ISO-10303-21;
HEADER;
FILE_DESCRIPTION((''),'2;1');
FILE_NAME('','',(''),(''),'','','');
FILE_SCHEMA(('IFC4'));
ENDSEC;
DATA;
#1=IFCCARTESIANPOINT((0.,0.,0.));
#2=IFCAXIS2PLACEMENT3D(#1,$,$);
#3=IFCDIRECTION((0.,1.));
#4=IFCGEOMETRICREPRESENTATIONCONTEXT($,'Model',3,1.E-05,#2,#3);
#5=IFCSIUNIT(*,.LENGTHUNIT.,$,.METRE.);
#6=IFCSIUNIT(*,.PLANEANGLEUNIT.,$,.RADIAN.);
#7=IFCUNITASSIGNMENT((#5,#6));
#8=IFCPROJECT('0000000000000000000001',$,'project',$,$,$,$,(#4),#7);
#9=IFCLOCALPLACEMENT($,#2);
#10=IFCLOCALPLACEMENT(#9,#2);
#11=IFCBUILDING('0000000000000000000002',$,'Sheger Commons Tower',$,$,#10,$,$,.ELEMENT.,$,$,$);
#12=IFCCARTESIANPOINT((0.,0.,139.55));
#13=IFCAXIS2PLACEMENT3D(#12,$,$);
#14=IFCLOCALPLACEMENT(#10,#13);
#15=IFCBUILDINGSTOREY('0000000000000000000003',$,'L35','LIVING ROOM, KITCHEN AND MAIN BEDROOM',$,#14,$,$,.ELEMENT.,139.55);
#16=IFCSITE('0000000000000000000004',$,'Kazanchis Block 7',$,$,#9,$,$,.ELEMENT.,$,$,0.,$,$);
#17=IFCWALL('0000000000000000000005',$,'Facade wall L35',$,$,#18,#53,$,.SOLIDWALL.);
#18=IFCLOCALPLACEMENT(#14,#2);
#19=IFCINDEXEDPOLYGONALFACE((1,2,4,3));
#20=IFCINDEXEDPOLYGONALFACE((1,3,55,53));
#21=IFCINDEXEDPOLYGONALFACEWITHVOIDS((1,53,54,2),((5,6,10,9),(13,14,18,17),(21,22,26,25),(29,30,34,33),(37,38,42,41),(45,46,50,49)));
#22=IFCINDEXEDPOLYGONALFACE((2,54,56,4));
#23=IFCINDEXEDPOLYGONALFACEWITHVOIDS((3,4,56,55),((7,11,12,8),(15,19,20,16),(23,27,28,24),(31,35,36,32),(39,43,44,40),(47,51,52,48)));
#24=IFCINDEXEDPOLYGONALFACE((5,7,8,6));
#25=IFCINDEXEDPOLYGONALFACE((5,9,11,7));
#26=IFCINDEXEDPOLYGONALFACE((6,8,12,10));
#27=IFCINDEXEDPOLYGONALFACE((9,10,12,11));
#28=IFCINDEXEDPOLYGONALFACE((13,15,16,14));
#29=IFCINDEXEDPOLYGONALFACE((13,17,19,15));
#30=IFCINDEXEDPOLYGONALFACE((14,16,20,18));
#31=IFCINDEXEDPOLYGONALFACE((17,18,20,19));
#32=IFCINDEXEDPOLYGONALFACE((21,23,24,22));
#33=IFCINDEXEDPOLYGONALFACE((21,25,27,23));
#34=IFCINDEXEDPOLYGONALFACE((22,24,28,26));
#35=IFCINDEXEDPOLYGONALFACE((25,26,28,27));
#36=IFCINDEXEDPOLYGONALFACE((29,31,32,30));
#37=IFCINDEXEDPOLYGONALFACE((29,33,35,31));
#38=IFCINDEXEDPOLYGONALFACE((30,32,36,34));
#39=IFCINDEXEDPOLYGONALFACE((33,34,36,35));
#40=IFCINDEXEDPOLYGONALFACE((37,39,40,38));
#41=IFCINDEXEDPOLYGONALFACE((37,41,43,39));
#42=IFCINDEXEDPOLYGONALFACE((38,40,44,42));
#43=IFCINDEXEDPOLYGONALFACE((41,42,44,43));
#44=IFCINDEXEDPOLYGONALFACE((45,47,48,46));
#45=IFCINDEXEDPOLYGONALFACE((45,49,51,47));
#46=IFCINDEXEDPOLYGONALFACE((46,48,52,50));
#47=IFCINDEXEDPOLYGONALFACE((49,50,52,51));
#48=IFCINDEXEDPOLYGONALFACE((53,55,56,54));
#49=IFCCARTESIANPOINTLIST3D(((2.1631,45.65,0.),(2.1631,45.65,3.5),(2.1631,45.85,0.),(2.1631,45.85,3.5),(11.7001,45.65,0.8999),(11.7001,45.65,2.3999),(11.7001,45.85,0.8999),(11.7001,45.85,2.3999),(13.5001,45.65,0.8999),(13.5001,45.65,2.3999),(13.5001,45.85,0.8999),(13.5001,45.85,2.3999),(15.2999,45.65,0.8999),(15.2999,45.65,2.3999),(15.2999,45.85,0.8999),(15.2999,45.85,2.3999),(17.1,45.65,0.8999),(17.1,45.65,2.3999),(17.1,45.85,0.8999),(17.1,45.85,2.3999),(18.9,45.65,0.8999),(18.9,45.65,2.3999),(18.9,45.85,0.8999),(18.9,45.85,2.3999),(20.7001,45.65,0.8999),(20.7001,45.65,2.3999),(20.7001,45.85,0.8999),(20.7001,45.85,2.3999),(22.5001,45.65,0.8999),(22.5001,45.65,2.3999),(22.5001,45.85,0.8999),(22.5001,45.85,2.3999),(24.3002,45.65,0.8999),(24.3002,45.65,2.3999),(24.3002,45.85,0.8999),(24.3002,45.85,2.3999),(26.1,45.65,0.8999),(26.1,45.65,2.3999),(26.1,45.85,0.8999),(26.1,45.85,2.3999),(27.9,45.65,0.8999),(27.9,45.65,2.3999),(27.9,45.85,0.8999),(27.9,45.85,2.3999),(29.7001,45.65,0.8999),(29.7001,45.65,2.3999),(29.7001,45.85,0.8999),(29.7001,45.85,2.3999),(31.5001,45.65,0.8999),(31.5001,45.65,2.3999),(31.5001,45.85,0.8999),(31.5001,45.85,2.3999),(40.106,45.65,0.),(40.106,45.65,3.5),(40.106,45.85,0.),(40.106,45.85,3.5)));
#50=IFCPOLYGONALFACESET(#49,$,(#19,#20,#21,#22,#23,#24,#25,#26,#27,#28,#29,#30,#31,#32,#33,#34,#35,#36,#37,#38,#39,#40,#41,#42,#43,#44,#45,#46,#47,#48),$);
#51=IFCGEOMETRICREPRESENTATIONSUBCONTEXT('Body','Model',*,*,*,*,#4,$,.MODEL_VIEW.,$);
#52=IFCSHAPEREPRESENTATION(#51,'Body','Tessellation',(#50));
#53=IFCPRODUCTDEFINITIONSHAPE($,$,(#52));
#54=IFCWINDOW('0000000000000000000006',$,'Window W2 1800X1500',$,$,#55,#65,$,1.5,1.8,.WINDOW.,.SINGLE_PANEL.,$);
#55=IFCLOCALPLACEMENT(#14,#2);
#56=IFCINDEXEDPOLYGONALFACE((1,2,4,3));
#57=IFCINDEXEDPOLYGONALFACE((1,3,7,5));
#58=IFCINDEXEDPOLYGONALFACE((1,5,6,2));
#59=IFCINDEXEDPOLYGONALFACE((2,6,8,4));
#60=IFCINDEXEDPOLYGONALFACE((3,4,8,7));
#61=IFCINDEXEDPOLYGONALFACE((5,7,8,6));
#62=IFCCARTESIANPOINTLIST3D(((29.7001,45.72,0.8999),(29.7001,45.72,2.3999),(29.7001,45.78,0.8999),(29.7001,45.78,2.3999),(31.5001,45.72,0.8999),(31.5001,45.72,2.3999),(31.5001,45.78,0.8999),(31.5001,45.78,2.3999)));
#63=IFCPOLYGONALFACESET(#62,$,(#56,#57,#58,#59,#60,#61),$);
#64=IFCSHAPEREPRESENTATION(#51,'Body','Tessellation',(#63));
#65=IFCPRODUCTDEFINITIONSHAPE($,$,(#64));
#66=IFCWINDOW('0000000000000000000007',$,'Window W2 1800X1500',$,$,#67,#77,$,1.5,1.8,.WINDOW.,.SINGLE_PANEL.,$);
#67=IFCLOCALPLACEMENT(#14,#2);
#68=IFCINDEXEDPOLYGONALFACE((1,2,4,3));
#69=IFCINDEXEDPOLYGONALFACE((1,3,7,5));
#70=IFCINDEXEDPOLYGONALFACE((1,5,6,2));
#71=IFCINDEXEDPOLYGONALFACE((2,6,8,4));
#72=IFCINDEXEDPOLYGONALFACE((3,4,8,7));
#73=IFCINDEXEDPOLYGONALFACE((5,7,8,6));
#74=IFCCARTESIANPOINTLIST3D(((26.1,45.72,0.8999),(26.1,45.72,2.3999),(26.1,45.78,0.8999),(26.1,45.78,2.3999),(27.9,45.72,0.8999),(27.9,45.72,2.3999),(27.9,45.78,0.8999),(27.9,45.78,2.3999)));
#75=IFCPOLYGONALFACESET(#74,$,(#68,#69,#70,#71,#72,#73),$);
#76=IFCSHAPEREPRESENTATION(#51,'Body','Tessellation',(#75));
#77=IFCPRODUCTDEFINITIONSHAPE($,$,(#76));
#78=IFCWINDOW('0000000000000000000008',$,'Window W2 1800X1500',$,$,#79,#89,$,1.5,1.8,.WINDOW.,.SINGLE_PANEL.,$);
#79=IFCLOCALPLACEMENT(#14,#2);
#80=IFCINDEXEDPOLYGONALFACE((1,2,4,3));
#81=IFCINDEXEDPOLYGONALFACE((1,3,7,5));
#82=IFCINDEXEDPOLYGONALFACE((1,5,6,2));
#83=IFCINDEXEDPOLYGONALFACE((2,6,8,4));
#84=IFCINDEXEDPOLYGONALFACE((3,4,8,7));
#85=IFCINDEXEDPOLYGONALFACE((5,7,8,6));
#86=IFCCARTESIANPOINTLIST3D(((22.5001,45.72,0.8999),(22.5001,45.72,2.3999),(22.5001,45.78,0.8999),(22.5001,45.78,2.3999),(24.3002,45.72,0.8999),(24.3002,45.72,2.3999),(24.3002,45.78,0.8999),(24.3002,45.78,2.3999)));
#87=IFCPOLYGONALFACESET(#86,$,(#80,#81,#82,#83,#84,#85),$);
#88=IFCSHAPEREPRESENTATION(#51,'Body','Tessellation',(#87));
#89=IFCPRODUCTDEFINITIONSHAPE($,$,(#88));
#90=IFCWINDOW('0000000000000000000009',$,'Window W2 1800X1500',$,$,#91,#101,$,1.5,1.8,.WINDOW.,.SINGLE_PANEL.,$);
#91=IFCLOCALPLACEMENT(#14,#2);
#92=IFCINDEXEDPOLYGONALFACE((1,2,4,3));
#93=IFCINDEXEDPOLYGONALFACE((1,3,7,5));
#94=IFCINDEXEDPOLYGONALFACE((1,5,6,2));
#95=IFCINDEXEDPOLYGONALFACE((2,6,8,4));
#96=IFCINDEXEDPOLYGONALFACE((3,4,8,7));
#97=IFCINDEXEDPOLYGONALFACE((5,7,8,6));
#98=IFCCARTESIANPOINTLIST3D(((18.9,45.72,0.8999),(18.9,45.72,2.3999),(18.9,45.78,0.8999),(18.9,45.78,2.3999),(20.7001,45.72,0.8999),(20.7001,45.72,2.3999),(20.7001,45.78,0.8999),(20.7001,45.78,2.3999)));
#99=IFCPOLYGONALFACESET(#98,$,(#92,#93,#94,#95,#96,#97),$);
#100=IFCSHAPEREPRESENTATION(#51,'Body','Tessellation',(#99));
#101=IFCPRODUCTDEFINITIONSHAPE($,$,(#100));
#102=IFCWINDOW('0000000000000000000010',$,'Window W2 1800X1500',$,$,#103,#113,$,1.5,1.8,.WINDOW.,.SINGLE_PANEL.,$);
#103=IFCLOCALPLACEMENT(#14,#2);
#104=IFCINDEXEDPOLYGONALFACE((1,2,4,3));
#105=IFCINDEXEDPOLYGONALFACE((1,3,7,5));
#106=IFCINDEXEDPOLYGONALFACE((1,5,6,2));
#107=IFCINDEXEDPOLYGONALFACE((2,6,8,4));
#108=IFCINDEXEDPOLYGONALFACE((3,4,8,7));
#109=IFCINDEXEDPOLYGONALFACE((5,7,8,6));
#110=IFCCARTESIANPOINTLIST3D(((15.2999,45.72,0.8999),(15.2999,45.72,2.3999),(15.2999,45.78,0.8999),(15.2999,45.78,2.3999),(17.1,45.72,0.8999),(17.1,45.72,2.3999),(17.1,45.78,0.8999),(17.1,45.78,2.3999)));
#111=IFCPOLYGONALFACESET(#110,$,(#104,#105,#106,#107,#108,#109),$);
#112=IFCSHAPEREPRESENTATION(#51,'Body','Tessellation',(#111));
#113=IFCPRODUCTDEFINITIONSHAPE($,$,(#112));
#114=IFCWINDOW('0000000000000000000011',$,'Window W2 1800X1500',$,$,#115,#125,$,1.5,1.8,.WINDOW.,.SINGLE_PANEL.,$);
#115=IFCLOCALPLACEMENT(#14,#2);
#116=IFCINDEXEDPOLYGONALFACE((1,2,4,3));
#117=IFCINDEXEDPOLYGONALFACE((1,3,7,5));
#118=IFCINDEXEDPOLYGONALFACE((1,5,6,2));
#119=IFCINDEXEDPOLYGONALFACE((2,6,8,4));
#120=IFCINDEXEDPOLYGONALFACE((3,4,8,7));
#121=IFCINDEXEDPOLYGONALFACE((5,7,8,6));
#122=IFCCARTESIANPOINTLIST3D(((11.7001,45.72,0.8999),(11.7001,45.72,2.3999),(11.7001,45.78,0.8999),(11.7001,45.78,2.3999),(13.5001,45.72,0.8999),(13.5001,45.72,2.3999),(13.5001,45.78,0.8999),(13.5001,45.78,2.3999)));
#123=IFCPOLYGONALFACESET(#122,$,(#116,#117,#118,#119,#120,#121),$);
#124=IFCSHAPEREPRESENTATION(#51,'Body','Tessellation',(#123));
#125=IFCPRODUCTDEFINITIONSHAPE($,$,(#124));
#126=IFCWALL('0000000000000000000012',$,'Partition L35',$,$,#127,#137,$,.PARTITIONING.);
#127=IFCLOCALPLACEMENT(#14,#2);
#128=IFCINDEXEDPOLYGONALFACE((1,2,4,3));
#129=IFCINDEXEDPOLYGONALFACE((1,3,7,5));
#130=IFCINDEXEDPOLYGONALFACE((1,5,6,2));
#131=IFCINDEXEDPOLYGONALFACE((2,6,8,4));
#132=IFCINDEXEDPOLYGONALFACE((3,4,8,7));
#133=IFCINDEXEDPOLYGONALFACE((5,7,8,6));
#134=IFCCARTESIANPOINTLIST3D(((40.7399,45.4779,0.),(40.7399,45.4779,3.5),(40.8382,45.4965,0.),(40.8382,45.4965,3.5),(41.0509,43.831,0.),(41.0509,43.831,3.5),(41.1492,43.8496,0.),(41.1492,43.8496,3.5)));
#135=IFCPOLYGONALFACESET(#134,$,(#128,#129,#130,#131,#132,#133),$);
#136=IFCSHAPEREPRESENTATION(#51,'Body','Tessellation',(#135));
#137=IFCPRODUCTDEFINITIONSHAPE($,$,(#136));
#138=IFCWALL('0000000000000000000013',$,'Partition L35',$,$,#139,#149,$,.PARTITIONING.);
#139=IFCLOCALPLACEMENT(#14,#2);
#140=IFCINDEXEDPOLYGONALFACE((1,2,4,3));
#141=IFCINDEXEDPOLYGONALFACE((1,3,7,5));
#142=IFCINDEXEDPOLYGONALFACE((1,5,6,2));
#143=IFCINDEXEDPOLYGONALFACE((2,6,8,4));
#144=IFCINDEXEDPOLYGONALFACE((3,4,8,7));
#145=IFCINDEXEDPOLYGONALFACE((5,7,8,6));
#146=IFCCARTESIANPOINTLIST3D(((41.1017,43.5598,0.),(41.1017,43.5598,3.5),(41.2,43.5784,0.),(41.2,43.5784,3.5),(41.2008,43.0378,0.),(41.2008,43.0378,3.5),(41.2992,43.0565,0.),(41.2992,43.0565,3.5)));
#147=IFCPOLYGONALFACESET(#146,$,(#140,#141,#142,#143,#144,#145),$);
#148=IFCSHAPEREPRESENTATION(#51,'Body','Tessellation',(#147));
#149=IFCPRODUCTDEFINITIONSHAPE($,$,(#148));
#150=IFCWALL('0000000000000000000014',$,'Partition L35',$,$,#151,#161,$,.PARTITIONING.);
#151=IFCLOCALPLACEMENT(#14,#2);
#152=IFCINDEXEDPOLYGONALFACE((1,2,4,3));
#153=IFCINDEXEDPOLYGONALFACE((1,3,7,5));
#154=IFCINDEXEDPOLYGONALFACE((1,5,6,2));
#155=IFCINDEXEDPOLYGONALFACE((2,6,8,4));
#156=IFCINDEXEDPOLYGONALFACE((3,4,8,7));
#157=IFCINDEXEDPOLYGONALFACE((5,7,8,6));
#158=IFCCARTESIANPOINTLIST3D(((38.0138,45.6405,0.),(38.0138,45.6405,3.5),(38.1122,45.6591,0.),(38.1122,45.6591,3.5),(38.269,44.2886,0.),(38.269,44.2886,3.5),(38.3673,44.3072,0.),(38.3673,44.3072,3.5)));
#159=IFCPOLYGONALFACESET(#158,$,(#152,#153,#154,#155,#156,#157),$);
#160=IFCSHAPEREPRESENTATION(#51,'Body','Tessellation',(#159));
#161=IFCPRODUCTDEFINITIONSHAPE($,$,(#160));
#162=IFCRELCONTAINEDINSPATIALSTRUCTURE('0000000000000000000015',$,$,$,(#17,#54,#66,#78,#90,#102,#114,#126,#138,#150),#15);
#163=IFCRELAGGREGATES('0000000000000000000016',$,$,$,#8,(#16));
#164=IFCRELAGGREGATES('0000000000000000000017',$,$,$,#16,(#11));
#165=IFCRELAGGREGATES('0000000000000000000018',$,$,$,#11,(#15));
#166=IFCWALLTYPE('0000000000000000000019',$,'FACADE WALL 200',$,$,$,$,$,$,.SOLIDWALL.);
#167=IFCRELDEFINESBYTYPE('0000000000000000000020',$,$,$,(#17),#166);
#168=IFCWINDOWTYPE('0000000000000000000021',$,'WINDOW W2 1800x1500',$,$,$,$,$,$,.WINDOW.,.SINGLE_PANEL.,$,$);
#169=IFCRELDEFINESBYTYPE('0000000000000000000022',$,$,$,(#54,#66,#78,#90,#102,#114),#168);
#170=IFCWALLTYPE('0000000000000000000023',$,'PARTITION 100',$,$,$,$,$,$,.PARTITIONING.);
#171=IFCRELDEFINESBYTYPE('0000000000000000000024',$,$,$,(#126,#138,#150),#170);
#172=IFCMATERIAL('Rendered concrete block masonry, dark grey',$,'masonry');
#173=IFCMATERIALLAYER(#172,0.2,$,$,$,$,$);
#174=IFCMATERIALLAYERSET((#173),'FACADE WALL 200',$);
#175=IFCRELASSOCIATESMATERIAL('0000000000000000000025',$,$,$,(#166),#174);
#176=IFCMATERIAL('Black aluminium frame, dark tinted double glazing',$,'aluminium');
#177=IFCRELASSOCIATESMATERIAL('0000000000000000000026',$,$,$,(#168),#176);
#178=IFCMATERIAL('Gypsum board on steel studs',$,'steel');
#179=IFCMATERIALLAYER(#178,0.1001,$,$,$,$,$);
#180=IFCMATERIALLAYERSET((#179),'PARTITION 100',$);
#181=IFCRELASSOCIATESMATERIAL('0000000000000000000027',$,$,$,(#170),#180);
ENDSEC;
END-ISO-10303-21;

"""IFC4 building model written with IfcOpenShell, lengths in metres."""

from ifc_helpers import new_model, si_unit, direction, frame, frame_2d, origin, place, context, subcontext, project, spatial, rectangle, extrude, material, layer, layer_set, type_object, element, fill, save


model = new_model("IFC4")

# Units and contexts
model_context = context("Model", 3, precision=1e-05, world=origin(), true_north=direction((0.0, 1.0)))
body_context = subcontext(model_context, "Body", "Model", "MODEL_VIEW")
ifc_project = project(units=[si_unit("LENGTHUNIT", "METRE"), si_unit("PLANEANGLEUNIT", "RADIAN")], contexts=[model_context])

# Site, building, storey
site_placement = place(None, origin())
site = spatial("IfcSite", under=ifc_project, at=site_placement, Name="Kazanchis Block 7", CompositionType="ELEMENT", RefElevation=0.0)
building_placement = place(site_placement, origin())
building = spatial("IfcBuilding", under=site, at=building_placement, Name="Sheger Commons Tower", CompositionType="ELEMENT")
storey_placement = place(building_placement, frame((0.0, 0.0, 139.55)))
storey = spatial("IfcBuildingStorey", under=building, at=storey_placement, Name="L35", Description="LIVING ROOM, KITCHEN AND MAIN BEDROOM", CompositionType="ELEMENT", Elevation=139.55)

# Shared definitions
ifc_material_1 = material(Name="Rendered concrete block masonry, dark grey", Category="masonry")
ifc_layer_1 = layer(ifc_material_1, 0.2)
ifc_layer_set_1 = layer_set([ifc_layer_1], Name="FACADE WALL 200")
wall_type_1 = type_object("IfcWallType", Name="FACADE WALL 200", PredefinedType="SOLIDWALL", material=ifc_layer_set_1)

# Wall, openings, windows
wall_1_placement = place(storey_placement, frame((40.106, 45.75, 0.0), z_axis=(0.0, 0.0, 1.0), x_axis=(-1.0, 0.0, 0.0)))
wall_1 = element("IfcWall", 1, at=wall_1_placement, inside=storey, type_object=wall_type_1, Name="Facade wall L35", PredefinedType="SOLIDWALL", context=body_context, shape_type="SweptSolid", body=[
    extrude(rectangle(XDim=37.9429, YDim=0.2, at=frame_2d((18.9714, 0.0))), origin(), (0.0, 0.0, 1.0), 3.5),
])
opening_1_placement = place(wall_1_placement, frame((8.606, 0.0, 0.8999)))
opening_1 = element("IfcOpeningElement", 2, at=opening_1_placement, cuts=wall_1, PredefinedType="OPENING", context=body_context, shape_type="SweptSolid", body=[
    extrude(rectangle(XDim=1.8, YDim=1.5, at=frame_2d((0.8999, 0.75))), frame((0.0, 0.1099, 0.0), z_axis=(0.0, -1.0, 0.0), x_axis=(1.0, 0.0, 0.0)), (0.0, 0.0, 1.0), 0.22),
])
opening_2_placement = place(wall_1_placement, frame((12.2061, 0.0, 0.8999)))
opening_2 = element("IfcOpeningElement", 3, at=opening_2_placement, cuts=wall_1, PredefinedType="OPENING", context=body_context, shape_type="SweptSolid", body=[
    extrude(rectangle(XDim=1.8, YDim=1.5, at=frame_2d((0.8999, 0.75))), frame((0.0, 0.1099, 0.0), z_axis=(0.0, -1.0, 0.0), x_axis=(1.0, 0.0, 0.0)), (0.0, 0.0, 1.0), 0.22),
])
opening_3_placement = place(wall_1_placement, frame((15.8059, 0.0, 0.8999)))
opening_3 = element("IfcOpeningElement", 4, at=opening_3_placement, cuts=wall_1, PredefinedType="OPENING", context=body_context, shape_type="SweptSolid", body=[
    extrude(rectangle(XDim=1.8, YDim=1.5, at=frame_2d((0.8999, 0.75))), frame((0.0, 0.1099, 0.0), z_axis=(0.0, -1.0, 0.0), x_axis=(1.0, 0.0, 0.0)), (0.0, 0.0, 1.0), 0.22),
])
opening_4_placement = place(wall_1_placement, frame((19.406, 0.0, 0.8999)))
opening_4 = element("IfcOpeningElement", 5, at=opening_4_placement, cuts=wall_1, PredefinedType="OPENING", context=body_context, shape_type="SweptSolid", body=[
    extrude(rectangle(XDim=1.8, YDim=1.5, at=frame_2d((0.8999, 0.75))), frame((0.0, 0.1099, 0.0), z_axis=(0.0, -1.0, 0.0), x_axis=(1.0, 0.0, 0.0)), (0.0, 0.0, 1.0), 0.22),
])
opening_5_placement = place(wall_1_placement, frame((23.0061, 0.0, 0.8999)))
opening_5 = element("IfcOpeningElement", 6, at=opening_5_placement, cuts=wall_1, PredefinedType="OPENING", context=body_context, shape_type="SweptSolid", body=[
    extrude(rectangle(XDim=1.8, YDim=1.5, at=frame_2d((0.8999, 0.75))), frame((0.0, 0.1099, 0.0), z_axis=(0.0, -1.0, 0.0), x_axis=(1.0, 0.0, 0.0)), (0.0, 0.0, 1.0), 0.22),
])
opening_6_placement = place(wall_1_placement, frame((26.606, 0.0, 0.8999)))
opening_6 = element("IfcOpeningElement", 7, at=opening_6_placement, cuts=wall_1, PredefinedType="OPENING", context=body_context, shape_type="SweptSolid", body=[
    extrude(rectangle(XDim=1.8, YDim=1.5, at=frame_2d((0.8999, 0.75))), frame((0.0, 0.1099, 0.0), z_axis=(0.0, -1.0, 0.0), x_axis=(1.0, 0.0, 0.0)), (0.0, 0.0, 1.0), 0.22),
])
ifc_material_2 = material(Name="Black aluminium frame, dark tinted double glazing", Category="aluminium")
window_type = type_object("IfcWindowType", Name="WINDOW W2 1800x1500", PartitioningType="SINGLE_PANEL", PredefinedType="WINDOW", material=ifc_material_2)
window_1_placement = place(opening_1_placement, origin())
window_1 = element("IfcWindow", 8, at=window_1_placement, inside=storey, type_object=window_type, Name="Window W2 1800X1500", OverallHeight=1.5, OverallWidth=1.8, PartitioningType="SINGLE_PANEL", PredefinedType="WINDOW", context=body_context, shape_type="SweptSolid", body=[
    extrude(rectangle(XDim=1.8, YDim=1.5, at=frame_2d((0.8999, 0.75))), frame((0.0, 0.03, 0.0), z_axis=(0.0, -1.0, 0.0), x_axis=(1.0, 0.0, 0.0)), (0.0, 0.0, 1.0), 0.0601),
])
fill(opening_1, window_1)
window_2_placement = place(opening_2_placement, origin())
window_2 = element("IfcWindow", 9, at=window_2_placement, inside=storey, type_object=window_type, Name="Window W2 1800X1500", OverallHeight=1.5, OverallWidth=1.8, PartitioningType="SINGLE_PANEL", PredefinedType="WINDOW", context=body_context, shape_type="SweptSolid", body=[
    extrude(rectangle(XDim=1.8, YDim=1.5, at=frame_2d((0.8999, 0.75))), frame((0.0, 0.03, 0.0), z_axis=(0.0, -1.0, 0.0), x_axis=(1.0, 0.0, 0.0)), (0.0, 0.0, 1.0), 0.0601),
])
fill(opening_2, window_2)
window_3_placement = place(opening_3_placement, origin())
window_3 = element("IfcWindow", 10, at=window_3_placement, inside=storey, type_object=window_type, Name="Window W2 1800X1500", OverallHeight=1.5, OverallWidth=1.8, PartitioningType="SINGLE_PANEL", PredefinedType="WINDOW", context=body_context, shape_type="SweptSolid", body=[
    extrude(rectangle(XDim=1.8, YDim=1.5, at=frame_2d((0.8999, 0.75))), frame((0.0, 0.03, 0.0), z_axis=(0.0, -1.0, 0.0), x_axis=(1.0, 0.0, 0.0)), (0.0, 0.0, 1.0), 0.0601),
])
fill(opening_3, window_3)
window_4_placement = place(opening_4_placement, origin())
window_4 = element("IfcWindow", 11, at=window_4_placement, inside=storey, type_object=window_type, Name="Window W2 1800X1500", OverallHeight=1.5, OverallWidth=1.8, PartitioningType="SINGLE_PANEL", PredefinedType="WINDOW", context=body_context, shape_type="SweptSolid", body=[
    extrude(rectangle(XDim=1.8, YDim=1.5, at=frame_2d((0.8999, 0.75))), frame((0.0, 0.03, 0.0), z_axis=(0.0, -1.0, 0.0), x_axis=(1.0, 0.0, 0.0)), (0.0, 0.0, 1.0), 0.0601),
])
fill(opening_4, window_4)
window_5_placement = place(opening_5_placement, origin())
window_5 = element("IfcWindow", 12, at=window_5_placement, inside=storey, type_object=window_type, Name="Window W2 1800X1500", OverallHeight=1.5, OverallWidth=1.8, PartitioningType="SINGLE_PANEL", PredefinedType="WINDOW", context=body_context, shape_type="SweptSolid", body=[
    extrude(rectangle(XDim=1.8, YDim=1.5, at=frame_2d((0.8999, 0.75))), frame((0.0, 0.03, 0.0), z_axis=(0.0, -1.0, 0.0), x_axis=(1.0, 0.0, 0.0)), (0.0, 0.0, 1.0), 0.0601),
])
fill(opening_5, window_5)
window_6_placement = place(opening_6_placement, origin())
window_6 = element("IfcWindow", 13, at=window_6_placement, inside=storey, type_object=window_type, Name="Window W2 1800X1500", OverallHeight=1.5, OverallWidth=1.8, PartitioningType="SINGLE_PANEL", PredefinedType="WINDOW", context=body_context, shape_type="SweptSolid", body=[
    extrude(rectangle(XDim=1.8, YDim=1.5, at=frame_2d((0.8999, 0.75))), frame((0.0, 0.03, 0.0), z_axis=(0.0, -1.0, 0.0), x_axis=(1.0, 0.0, 0.0)), (0.0, 0.0, 1.0), 0.0601),
])
fill(opening_6, window_6)

# Walls
ifc_material_3 = material(Name="Gypsum board on steel studs", Category="steel")
ifc_layer_2 = layer(ifc_material_3, 0.1001)
ifc_layer_set_2 = layer_set([ifc_layer_2], Name="PARTITION 100")
wall_type_2 = type_object("IfcWallType", Name="PARTITION 100", PredefinedType="PARTITIONING", material=ifc_layer_set_2)
wall_2_placement = place(storey_placement, frame((40.7891, 45.4871, 0.0), z_axis=(0.0, 0.0, 1.0), x_axis=(0.185572, -0.982631, 0.0)))
element("IfcWall", 14, at=wall_2_placement, inside=storey, type_object=wall_type_2, Name="Partition L35", PredefinedType="PARTITIONING", context=body_context, shape_type="SweptSolid", body=[
    extrude(rectangle(XDim=1.676, YDim=0.1001, at=frame_2d((0.8379, 0.0))), origin(), (0.0, 0.0, 1.0), 3.5),
])
wall_3_placement = place(storey_placement, frame((41.1509, 43.5691, 0.0), z_axis=(0.0, 0.0, 1.0), x_axis=(0.186563, -0.982443, 0.0)))
element("IfcWall", 15, at=wall_3_placement, inside=storey, type_object=wall_type_2, Name="Partition L35", PredefinedType="PARTITIONING", context=body_context, shape_type="SweptSolid", body=[
    extrude(rectangle(XDim=0.5312, YDim=0.1001, at=frame_2d((0.2656, 0.0))), origin(), (0.0, 0.0, 1.0), 3.5),
])
wall_4_placement = place(storey_placement, frame((38.063, 45.6499, 0.0), z_axis=(0.0, 0.0, 1.0), x_axis=(0.185456, -0.982653, 0.0)))
element("IfcWall", 16, at=wall_4_placement, inside=storey, type_object=wall_type_2, Name="Partition L35", PredefinedType="PARTITIONING", context=body_context, shape_type="SweptSolid", body=[
    extrude(rectangle(XDim=1.3757, YDim=0.1001, at=frame_2d((0.688, 0.0))), origin(), (0.0, 0.0, 1.0), 3.5),
])

save(model, "model.ifc")
